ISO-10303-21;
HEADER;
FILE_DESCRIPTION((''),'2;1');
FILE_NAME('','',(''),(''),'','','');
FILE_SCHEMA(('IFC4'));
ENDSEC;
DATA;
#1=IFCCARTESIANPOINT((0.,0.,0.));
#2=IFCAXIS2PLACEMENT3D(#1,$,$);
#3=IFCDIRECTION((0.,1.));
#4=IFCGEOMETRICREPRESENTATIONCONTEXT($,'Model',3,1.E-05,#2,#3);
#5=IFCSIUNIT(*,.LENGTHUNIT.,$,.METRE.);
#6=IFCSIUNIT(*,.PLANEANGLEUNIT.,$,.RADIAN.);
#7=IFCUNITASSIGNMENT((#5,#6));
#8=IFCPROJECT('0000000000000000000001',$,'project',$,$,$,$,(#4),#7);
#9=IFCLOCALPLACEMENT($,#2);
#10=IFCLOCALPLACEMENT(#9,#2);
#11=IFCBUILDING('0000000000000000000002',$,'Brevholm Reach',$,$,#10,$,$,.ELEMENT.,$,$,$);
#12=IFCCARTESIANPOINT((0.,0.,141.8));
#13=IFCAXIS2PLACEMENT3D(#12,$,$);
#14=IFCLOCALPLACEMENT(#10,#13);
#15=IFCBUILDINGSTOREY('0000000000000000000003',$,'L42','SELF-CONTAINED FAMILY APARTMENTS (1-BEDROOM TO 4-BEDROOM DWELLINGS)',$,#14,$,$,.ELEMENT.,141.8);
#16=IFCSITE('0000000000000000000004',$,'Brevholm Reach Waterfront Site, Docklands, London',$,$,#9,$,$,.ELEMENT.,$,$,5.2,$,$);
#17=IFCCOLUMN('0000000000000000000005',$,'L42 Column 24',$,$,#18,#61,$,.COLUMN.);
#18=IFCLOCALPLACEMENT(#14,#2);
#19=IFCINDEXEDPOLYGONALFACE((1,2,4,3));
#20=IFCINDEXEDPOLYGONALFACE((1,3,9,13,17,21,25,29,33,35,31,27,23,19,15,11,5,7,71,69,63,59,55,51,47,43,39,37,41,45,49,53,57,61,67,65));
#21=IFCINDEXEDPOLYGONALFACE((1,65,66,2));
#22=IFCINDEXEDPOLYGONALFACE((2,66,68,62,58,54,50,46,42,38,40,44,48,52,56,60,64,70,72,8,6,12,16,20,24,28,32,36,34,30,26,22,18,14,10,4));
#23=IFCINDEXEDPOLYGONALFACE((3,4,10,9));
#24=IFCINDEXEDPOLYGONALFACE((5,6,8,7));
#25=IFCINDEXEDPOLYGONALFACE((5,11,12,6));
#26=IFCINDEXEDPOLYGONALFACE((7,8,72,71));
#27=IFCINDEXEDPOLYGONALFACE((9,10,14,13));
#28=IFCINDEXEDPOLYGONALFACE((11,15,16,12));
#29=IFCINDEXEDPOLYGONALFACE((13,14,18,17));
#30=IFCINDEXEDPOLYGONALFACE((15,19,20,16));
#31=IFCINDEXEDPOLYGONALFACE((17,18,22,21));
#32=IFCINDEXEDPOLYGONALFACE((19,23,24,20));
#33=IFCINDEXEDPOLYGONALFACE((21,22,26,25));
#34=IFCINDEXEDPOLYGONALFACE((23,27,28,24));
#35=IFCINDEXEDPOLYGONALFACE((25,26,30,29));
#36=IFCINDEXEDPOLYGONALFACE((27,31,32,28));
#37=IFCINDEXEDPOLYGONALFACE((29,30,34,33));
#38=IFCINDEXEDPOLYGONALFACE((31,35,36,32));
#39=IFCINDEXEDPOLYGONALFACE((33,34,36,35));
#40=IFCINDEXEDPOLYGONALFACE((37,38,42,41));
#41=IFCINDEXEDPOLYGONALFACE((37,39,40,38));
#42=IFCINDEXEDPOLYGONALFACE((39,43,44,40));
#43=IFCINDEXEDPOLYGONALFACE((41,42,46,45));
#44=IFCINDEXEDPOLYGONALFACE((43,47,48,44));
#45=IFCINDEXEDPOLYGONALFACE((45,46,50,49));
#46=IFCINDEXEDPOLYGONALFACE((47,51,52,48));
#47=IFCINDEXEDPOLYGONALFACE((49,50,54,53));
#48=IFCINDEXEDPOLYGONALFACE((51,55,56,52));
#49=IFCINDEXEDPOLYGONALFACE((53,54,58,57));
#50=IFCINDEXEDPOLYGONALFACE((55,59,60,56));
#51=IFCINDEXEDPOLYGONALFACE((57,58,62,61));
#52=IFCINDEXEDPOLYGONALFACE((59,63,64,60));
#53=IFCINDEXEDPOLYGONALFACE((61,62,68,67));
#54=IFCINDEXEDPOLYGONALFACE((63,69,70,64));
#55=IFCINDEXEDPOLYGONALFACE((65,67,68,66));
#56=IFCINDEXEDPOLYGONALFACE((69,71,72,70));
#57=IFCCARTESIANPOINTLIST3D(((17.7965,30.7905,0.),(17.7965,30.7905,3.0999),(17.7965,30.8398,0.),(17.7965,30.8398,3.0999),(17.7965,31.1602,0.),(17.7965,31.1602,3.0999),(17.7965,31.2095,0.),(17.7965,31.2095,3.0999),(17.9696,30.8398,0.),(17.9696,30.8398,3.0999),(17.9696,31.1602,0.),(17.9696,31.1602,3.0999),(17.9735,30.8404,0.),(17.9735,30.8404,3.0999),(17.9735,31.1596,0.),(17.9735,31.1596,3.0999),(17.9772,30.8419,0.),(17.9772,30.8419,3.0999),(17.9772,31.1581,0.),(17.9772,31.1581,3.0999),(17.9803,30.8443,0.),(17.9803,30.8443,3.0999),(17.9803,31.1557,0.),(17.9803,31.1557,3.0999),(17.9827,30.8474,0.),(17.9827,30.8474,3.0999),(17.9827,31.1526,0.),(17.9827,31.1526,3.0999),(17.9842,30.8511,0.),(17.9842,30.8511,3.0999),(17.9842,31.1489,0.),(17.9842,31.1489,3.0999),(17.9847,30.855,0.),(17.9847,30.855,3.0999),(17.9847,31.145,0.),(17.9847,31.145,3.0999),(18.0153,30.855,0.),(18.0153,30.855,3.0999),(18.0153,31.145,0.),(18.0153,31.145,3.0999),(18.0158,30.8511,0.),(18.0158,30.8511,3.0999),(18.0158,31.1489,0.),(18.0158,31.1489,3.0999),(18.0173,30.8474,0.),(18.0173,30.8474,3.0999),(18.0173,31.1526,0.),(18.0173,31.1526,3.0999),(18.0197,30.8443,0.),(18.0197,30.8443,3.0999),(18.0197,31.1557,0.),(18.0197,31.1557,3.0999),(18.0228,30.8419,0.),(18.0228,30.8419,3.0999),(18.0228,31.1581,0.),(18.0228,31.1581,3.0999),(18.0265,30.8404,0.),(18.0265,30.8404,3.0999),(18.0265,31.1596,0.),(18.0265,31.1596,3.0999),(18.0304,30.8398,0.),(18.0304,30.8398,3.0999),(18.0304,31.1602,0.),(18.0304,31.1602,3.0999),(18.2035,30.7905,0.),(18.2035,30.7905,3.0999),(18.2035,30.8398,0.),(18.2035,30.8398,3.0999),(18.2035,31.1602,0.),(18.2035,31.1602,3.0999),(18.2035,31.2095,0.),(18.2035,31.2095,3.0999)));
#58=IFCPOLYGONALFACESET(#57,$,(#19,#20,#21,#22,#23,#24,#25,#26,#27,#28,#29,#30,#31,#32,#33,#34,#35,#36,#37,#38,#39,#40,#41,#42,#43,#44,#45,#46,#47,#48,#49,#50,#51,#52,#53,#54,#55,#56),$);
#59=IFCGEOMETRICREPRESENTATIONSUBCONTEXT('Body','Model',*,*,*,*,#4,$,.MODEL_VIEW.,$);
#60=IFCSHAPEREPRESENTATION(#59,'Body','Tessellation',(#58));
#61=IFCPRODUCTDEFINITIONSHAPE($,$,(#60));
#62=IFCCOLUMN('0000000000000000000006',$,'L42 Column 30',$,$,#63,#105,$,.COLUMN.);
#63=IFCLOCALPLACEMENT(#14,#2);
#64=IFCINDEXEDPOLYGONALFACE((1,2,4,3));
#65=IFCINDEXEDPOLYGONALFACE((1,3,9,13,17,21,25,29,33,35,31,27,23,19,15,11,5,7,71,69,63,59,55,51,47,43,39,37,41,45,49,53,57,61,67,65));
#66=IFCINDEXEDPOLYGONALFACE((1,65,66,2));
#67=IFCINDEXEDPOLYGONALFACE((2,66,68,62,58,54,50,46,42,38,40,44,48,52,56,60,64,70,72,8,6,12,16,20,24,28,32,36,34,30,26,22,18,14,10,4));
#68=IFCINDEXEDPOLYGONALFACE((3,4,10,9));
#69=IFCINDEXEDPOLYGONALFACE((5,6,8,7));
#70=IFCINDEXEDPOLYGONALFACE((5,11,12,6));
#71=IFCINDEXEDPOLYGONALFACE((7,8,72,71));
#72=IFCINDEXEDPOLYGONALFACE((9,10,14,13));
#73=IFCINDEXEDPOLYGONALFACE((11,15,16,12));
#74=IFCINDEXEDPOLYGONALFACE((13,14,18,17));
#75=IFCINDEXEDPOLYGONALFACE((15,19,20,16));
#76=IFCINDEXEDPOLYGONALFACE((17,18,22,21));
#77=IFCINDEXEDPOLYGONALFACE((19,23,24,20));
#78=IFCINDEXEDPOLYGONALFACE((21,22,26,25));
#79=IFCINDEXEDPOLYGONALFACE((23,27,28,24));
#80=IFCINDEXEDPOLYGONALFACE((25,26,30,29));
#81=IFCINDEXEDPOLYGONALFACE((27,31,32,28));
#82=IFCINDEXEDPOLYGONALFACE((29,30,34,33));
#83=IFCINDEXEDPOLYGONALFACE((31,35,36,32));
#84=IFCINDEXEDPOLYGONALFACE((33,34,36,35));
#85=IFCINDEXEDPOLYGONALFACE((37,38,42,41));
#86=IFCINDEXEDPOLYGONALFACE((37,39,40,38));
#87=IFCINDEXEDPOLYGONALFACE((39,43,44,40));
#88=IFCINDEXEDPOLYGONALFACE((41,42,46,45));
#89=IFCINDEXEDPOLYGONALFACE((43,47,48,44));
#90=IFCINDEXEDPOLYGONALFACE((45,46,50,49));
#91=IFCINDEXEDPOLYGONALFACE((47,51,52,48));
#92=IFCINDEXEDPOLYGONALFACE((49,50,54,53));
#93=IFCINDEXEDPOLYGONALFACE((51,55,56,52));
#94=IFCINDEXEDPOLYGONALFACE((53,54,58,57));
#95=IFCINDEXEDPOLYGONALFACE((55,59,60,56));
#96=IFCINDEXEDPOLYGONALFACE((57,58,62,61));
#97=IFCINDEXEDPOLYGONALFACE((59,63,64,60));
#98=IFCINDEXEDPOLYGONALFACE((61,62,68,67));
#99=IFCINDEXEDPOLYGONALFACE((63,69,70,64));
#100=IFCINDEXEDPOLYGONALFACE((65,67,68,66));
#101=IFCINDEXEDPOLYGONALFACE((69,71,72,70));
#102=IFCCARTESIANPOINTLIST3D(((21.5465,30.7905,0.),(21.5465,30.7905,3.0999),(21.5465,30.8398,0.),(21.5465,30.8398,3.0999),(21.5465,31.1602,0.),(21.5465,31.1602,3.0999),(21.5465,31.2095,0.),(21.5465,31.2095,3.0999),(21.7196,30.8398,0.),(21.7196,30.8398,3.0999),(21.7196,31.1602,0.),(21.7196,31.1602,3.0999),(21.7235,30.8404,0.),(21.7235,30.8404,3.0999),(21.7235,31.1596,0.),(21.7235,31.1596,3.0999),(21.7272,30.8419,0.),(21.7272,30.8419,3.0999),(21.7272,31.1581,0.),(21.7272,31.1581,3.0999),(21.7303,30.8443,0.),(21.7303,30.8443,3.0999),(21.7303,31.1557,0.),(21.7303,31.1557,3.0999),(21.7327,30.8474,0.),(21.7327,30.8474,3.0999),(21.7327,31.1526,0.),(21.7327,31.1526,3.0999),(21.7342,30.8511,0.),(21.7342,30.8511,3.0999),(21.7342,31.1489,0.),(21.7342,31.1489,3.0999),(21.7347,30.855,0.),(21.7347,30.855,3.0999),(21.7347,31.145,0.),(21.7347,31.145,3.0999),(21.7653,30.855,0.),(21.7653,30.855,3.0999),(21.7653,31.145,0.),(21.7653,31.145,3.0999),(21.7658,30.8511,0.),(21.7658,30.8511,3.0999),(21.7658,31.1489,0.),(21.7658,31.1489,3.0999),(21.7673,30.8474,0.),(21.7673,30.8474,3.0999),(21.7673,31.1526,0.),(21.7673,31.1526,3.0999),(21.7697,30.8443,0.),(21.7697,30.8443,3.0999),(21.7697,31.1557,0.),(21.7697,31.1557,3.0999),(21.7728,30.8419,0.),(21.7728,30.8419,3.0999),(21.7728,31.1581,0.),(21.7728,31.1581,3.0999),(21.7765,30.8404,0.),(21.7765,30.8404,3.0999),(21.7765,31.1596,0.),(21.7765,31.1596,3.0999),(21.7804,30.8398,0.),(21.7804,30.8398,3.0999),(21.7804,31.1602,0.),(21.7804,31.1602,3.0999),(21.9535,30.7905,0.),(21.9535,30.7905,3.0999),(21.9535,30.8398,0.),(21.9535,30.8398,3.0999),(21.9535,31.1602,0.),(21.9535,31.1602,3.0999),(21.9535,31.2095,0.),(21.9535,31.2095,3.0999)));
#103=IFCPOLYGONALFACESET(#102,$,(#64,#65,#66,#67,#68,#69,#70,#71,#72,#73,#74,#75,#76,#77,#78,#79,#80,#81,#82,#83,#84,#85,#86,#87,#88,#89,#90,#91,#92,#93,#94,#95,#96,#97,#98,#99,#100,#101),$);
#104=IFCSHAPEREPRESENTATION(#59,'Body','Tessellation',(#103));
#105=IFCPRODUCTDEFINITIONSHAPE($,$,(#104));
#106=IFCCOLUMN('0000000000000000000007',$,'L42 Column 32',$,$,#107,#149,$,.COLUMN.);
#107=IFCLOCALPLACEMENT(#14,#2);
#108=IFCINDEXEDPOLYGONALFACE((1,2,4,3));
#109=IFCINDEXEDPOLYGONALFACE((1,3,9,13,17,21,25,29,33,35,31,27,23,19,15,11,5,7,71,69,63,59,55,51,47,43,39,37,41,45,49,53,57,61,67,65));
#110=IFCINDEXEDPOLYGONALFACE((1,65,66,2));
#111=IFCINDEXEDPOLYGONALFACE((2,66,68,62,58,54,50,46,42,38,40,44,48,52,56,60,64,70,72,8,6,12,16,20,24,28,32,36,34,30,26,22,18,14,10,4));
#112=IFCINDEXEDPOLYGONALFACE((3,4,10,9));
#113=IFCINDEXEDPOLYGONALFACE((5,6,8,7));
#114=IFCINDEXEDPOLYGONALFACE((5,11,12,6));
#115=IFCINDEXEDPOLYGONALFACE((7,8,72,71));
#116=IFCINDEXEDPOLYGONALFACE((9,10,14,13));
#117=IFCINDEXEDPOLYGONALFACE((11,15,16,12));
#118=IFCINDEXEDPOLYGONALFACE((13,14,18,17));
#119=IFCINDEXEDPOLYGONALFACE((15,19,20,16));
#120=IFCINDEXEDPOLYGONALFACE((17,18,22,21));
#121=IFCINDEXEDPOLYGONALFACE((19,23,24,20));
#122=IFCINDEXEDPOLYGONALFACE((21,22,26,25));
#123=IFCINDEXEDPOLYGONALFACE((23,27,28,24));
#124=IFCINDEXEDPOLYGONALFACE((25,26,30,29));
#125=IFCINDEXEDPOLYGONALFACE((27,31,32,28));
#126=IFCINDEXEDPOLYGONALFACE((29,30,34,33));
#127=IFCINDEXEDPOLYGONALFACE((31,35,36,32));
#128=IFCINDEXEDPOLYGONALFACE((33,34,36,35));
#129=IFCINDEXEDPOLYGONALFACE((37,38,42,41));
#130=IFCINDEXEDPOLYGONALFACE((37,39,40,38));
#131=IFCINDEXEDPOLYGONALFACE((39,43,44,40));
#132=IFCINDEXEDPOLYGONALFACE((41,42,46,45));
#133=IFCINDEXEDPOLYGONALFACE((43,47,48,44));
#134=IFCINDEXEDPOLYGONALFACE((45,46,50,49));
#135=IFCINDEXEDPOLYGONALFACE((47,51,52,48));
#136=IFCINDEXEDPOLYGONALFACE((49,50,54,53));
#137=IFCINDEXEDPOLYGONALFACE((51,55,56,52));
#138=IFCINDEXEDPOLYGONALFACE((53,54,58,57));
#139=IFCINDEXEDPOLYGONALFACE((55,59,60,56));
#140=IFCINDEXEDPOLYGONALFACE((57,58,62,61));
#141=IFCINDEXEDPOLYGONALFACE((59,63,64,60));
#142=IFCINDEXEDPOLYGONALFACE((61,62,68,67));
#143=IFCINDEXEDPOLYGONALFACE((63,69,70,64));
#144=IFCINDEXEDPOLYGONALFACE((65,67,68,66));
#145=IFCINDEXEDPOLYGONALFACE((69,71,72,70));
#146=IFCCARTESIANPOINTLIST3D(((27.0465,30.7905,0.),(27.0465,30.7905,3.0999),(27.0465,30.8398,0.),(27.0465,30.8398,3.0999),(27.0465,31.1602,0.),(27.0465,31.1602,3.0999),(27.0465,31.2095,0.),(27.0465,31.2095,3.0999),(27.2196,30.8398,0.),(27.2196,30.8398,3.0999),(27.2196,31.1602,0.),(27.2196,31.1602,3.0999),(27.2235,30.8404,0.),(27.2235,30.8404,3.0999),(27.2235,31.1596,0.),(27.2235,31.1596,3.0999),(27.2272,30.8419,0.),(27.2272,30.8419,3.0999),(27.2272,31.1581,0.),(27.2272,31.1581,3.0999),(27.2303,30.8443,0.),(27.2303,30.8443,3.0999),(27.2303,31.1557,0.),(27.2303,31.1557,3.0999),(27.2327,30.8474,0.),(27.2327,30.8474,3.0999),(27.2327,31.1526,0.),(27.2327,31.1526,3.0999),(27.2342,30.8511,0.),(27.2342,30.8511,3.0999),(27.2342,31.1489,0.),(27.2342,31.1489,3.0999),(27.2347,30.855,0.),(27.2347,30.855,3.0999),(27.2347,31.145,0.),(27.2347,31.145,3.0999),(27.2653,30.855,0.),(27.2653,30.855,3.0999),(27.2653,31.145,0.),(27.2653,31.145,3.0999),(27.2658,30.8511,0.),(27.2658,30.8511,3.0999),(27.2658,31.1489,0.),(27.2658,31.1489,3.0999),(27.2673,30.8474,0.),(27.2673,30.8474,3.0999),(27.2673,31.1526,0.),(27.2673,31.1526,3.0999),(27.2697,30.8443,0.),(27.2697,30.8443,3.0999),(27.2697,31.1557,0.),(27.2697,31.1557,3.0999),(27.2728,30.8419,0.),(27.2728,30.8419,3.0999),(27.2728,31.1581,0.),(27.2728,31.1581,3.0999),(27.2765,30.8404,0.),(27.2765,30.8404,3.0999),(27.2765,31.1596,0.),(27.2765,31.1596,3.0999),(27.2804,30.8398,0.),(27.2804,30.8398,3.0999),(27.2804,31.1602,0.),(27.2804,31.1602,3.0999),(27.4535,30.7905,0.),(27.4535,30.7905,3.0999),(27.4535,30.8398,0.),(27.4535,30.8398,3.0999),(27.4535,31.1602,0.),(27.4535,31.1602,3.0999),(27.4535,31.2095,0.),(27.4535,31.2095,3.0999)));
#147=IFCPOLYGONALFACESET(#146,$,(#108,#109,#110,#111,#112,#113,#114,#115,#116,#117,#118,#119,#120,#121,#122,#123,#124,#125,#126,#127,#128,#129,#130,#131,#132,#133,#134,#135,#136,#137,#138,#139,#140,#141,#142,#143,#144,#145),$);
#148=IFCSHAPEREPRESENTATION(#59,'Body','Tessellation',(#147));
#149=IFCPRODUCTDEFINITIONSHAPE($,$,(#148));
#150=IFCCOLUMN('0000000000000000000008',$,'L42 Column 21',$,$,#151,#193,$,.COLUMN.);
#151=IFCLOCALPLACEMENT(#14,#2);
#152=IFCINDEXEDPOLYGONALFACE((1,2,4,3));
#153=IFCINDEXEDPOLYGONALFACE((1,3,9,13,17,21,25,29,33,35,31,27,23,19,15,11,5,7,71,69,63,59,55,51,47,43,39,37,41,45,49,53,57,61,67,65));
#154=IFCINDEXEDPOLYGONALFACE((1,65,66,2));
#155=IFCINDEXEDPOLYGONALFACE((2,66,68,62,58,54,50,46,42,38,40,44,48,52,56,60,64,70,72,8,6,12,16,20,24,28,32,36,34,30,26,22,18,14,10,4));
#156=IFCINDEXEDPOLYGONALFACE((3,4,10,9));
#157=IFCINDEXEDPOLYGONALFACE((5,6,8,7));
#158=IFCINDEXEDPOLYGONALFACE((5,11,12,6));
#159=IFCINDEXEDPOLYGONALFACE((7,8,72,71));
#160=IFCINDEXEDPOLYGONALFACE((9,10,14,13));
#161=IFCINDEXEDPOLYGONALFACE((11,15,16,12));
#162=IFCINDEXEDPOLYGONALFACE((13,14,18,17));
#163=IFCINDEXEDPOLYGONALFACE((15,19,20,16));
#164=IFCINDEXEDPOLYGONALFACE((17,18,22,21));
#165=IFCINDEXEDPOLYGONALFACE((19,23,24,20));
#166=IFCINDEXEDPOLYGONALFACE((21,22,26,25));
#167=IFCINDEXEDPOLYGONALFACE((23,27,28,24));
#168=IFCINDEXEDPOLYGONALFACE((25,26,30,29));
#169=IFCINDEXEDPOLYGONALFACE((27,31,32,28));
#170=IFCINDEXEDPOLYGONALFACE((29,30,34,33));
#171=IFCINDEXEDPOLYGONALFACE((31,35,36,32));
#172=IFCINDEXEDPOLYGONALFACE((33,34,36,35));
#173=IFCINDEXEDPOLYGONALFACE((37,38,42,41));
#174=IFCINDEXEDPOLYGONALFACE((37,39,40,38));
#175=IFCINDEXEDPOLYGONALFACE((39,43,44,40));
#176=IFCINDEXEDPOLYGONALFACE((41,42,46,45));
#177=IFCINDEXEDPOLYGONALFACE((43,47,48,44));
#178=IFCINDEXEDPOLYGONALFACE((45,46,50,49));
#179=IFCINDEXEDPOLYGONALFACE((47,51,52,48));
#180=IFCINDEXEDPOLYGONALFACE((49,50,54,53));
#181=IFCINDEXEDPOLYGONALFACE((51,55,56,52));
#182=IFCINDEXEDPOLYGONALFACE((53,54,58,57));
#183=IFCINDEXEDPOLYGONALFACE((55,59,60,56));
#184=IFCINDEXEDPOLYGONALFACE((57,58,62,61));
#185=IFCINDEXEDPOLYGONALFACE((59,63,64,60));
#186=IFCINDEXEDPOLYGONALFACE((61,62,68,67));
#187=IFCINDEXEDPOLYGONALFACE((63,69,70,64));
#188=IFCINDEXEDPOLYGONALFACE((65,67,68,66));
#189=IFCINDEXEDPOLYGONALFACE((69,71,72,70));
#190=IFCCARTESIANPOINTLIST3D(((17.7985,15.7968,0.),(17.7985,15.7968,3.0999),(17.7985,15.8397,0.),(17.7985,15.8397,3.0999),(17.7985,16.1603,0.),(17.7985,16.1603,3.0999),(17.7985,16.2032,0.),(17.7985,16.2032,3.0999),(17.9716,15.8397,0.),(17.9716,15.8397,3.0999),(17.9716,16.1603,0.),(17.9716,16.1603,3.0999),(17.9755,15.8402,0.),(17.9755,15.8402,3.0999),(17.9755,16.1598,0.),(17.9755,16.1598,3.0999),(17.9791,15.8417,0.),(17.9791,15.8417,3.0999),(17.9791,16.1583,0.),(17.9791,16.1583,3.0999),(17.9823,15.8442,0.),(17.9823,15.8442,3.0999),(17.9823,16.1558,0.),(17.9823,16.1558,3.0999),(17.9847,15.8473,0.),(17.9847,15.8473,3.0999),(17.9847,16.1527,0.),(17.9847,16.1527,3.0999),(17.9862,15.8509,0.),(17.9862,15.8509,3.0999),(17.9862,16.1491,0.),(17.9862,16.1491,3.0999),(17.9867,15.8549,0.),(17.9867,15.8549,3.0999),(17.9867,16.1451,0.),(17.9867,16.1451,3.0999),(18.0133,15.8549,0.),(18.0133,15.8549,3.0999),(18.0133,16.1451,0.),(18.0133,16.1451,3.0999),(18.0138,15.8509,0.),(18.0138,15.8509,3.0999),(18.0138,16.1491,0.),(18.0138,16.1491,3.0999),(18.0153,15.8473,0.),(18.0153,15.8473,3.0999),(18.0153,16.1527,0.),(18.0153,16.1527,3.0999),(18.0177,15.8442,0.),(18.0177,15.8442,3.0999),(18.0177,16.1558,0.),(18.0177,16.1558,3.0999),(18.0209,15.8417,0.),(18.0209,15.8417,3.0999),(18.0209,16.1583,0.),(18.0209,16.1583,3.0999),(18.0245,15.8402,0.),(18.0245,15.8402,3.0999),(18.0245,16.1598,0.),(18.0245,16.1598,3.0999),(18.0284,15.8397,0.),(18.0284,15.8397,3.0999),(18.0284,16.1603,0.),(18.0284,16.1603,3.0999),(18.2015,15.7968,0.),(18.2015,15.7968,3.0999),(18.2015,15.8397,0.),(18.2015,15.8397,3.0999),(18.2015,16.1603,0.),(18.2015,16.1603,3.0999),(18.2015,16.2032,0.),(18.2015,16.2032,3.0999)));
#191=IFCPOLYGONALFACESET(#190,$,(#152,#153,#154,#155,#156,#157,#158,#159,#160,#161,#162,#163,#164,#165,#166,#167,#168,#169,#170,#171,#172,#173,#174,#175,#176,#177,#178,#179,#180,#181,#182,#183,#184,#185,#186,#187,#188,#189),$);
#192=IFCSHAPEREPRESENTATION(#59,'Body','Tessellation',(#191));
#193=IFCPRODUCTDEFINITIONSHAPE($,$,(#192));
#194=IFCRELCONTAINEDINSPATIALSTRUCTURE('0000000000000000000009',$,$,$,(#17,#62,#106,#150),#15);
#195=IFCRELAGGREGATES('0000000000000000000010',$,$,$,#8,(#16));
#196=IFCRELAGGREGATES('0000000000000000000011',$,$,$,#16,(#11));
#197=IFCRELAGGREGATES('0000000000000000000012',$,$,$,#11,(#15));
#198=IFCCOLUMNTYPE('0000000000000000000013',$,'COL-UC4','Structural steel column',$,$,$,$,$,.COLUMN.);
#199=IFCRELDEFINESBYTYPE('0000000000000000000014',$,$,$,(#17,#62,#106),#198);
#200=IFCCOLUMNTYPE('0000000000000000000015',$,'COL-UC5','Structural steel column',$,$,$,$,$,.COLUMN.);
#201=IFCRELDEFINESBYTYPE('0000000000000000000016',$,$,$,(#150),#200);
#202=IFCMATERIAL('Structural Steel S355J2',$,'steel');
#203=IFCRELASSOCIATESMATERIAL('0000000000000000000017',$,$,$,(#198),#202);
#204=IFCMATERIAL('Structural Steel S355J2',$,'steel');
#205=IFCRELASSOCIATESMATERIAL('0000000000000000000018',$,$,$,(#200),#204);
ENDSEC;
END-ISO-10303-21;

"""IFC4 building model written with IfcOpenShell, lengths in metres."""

from ifc_helpers import new_model, si_unit, direction, frame, origin, origin_2d, place, context, subcontext, project, spatial, i_section, extrude, material, material_profile, profile_set, type_object, element, save


model = new_model("IFC4")

# Units and contexts
model_context = context("Model", 3, precision=1e-05, world=origin(), true_north=direction((0.0, 1.0)))
body_context = subcontext(model_context, "Body", "Model", "MODEL_VIEW")
ifc_project = project(units=[si_unit("LENGTHUNIT", "METRE"), si_unit("PLANEANGLEUNIT", "RADIAN")], contexts=[model_context])

# Site, building, storey
site_placement = place(None, origin())
site = spatial("IfcSite", under=ifc_project, at=site_placement, Name="Brevholm Reach Waterfront Site, Docklands, London", CompositionType="ELEMENT", RefElevation=5.2)
building_placement = place(site_placement, origin())
building = spatial("IfcBuilding", under=site, at=building_placement, Name="Brevholm Reach", CompositionType="ELEMENT")
storey_placement = place(building_placement, frame((0.0, 0.0, 141.8)))
storey = spatial("IfcBuildingStorey", under=building, at=storey_placement, Name="L42", Description="SELF-CONTAINED FAMILY APARTMENTS (1-BEDROOM TO 4-BEDROOM DWELLINGS)", CompositionType="ELEMENT", Elevation=141.8)

# Columns
ifc_material_1 = material(Name="Structural Steel S355J2", Category="steel")
ifc_material_profile_1 = material_profile(ifc_material_1, i_section(OverallWidth=0.407, OverallDepth=0.4189, WebThickness=0.0305, FlangeThickness=0.0493, FilletRadius=0.0151, at=origin_2d()), Name="UKC 356x406x393")
ifc_profile_set_1 = profile_set([ifc_material_profile_1], Name="Structural Steel S355J2")
column_type_1 = type_object("IfcColumnType", Name="COL-UC4", Description="Structural steel column", PredefinedType="COLUMN", material=ifc_profile_set_1)
for number, where, z_axis, x_axis, name in (
    (1, (18.0, 31.0, 0.0), (0.0, 0.0, 1.0), (1.0, 0.0, 0.0), "L42 Column 24"),
    (2, (21.75, 31.0, 0.0), (0.0, 0.0, 1.0), (1.0, 0.0, 0.0), "L42 Column 30"),
    (3, (27.25, 31.0, 0.0), (0.0, 0.0, 1.0), (1.0, 0.0, 0.0), "L42 Column 32"),
):
    element("IfcColumn", number, at=place(storey_placement, frame(where, z_axis=z_axis, x_axis=x_axis)), inside=storey, type_object=column_type_1, Name=name, PredefinedType="COLUMN", context=body_context, shape_type="SweptSolid", body=[
        extrude(i_section(OverallWidth=0.407, OverallDepth=0.4189, WebThickness=0.0305, FlangeThickness=0.0493, FilletRadius=0.0151, at=origin_2d()), origin(), (0.0, 0.0, 1.0), 3.0999),
    ])
ifc_material_2 = material(Name="Structural Steel S355J2", Category="steel")
ifc_material_profile_2 = material_profile(ifc_material_2, i_section(OverallWidth=0.4031, OverallDepth=0.4065, WebThickness=0.0266, FlangeThickness=0.043, FilletRadius=0.0151, at=origin_2d()), Name="UKC 356x406x340")
ifc_profile_set_2 = profile_set([ifc_material_profile_2], Name="Structural Steel S355J2")
column_type_2 = type_object("IfcColumnType", Name="COL-UC5", Description="Structural steel column", PredefinedType="COLUMN", material=ifc_profile_set_2)
for number, where, z_axis, x_axis, name in (
    (4, (18.0, 16.0, 0.0), (0.0, 0.0, 1.0), (1.0, 0.0, 0.0), "L42 Column 21"),
):
    element("IfcColumn", number, at=place(storey_placement, frame(where, z_axis=z_axis, x_axis=x_axis)), inside=storey, type_object=column_type_2, Name=name, PredefinedType="COLUMN", context=body_context, shape_type="SweptSolid", body=[
        extrude(i_section(OverallWidth=0.4031, OverallDepth=0.4065, WebThickness=0.0266, FlangeThickness=0.043, FilletRadius=0.0151, at=origin_2d()), origin(), (0.0, 0.0, 1.0), 3.0999),
    ])

save(model, "model.ifc")
